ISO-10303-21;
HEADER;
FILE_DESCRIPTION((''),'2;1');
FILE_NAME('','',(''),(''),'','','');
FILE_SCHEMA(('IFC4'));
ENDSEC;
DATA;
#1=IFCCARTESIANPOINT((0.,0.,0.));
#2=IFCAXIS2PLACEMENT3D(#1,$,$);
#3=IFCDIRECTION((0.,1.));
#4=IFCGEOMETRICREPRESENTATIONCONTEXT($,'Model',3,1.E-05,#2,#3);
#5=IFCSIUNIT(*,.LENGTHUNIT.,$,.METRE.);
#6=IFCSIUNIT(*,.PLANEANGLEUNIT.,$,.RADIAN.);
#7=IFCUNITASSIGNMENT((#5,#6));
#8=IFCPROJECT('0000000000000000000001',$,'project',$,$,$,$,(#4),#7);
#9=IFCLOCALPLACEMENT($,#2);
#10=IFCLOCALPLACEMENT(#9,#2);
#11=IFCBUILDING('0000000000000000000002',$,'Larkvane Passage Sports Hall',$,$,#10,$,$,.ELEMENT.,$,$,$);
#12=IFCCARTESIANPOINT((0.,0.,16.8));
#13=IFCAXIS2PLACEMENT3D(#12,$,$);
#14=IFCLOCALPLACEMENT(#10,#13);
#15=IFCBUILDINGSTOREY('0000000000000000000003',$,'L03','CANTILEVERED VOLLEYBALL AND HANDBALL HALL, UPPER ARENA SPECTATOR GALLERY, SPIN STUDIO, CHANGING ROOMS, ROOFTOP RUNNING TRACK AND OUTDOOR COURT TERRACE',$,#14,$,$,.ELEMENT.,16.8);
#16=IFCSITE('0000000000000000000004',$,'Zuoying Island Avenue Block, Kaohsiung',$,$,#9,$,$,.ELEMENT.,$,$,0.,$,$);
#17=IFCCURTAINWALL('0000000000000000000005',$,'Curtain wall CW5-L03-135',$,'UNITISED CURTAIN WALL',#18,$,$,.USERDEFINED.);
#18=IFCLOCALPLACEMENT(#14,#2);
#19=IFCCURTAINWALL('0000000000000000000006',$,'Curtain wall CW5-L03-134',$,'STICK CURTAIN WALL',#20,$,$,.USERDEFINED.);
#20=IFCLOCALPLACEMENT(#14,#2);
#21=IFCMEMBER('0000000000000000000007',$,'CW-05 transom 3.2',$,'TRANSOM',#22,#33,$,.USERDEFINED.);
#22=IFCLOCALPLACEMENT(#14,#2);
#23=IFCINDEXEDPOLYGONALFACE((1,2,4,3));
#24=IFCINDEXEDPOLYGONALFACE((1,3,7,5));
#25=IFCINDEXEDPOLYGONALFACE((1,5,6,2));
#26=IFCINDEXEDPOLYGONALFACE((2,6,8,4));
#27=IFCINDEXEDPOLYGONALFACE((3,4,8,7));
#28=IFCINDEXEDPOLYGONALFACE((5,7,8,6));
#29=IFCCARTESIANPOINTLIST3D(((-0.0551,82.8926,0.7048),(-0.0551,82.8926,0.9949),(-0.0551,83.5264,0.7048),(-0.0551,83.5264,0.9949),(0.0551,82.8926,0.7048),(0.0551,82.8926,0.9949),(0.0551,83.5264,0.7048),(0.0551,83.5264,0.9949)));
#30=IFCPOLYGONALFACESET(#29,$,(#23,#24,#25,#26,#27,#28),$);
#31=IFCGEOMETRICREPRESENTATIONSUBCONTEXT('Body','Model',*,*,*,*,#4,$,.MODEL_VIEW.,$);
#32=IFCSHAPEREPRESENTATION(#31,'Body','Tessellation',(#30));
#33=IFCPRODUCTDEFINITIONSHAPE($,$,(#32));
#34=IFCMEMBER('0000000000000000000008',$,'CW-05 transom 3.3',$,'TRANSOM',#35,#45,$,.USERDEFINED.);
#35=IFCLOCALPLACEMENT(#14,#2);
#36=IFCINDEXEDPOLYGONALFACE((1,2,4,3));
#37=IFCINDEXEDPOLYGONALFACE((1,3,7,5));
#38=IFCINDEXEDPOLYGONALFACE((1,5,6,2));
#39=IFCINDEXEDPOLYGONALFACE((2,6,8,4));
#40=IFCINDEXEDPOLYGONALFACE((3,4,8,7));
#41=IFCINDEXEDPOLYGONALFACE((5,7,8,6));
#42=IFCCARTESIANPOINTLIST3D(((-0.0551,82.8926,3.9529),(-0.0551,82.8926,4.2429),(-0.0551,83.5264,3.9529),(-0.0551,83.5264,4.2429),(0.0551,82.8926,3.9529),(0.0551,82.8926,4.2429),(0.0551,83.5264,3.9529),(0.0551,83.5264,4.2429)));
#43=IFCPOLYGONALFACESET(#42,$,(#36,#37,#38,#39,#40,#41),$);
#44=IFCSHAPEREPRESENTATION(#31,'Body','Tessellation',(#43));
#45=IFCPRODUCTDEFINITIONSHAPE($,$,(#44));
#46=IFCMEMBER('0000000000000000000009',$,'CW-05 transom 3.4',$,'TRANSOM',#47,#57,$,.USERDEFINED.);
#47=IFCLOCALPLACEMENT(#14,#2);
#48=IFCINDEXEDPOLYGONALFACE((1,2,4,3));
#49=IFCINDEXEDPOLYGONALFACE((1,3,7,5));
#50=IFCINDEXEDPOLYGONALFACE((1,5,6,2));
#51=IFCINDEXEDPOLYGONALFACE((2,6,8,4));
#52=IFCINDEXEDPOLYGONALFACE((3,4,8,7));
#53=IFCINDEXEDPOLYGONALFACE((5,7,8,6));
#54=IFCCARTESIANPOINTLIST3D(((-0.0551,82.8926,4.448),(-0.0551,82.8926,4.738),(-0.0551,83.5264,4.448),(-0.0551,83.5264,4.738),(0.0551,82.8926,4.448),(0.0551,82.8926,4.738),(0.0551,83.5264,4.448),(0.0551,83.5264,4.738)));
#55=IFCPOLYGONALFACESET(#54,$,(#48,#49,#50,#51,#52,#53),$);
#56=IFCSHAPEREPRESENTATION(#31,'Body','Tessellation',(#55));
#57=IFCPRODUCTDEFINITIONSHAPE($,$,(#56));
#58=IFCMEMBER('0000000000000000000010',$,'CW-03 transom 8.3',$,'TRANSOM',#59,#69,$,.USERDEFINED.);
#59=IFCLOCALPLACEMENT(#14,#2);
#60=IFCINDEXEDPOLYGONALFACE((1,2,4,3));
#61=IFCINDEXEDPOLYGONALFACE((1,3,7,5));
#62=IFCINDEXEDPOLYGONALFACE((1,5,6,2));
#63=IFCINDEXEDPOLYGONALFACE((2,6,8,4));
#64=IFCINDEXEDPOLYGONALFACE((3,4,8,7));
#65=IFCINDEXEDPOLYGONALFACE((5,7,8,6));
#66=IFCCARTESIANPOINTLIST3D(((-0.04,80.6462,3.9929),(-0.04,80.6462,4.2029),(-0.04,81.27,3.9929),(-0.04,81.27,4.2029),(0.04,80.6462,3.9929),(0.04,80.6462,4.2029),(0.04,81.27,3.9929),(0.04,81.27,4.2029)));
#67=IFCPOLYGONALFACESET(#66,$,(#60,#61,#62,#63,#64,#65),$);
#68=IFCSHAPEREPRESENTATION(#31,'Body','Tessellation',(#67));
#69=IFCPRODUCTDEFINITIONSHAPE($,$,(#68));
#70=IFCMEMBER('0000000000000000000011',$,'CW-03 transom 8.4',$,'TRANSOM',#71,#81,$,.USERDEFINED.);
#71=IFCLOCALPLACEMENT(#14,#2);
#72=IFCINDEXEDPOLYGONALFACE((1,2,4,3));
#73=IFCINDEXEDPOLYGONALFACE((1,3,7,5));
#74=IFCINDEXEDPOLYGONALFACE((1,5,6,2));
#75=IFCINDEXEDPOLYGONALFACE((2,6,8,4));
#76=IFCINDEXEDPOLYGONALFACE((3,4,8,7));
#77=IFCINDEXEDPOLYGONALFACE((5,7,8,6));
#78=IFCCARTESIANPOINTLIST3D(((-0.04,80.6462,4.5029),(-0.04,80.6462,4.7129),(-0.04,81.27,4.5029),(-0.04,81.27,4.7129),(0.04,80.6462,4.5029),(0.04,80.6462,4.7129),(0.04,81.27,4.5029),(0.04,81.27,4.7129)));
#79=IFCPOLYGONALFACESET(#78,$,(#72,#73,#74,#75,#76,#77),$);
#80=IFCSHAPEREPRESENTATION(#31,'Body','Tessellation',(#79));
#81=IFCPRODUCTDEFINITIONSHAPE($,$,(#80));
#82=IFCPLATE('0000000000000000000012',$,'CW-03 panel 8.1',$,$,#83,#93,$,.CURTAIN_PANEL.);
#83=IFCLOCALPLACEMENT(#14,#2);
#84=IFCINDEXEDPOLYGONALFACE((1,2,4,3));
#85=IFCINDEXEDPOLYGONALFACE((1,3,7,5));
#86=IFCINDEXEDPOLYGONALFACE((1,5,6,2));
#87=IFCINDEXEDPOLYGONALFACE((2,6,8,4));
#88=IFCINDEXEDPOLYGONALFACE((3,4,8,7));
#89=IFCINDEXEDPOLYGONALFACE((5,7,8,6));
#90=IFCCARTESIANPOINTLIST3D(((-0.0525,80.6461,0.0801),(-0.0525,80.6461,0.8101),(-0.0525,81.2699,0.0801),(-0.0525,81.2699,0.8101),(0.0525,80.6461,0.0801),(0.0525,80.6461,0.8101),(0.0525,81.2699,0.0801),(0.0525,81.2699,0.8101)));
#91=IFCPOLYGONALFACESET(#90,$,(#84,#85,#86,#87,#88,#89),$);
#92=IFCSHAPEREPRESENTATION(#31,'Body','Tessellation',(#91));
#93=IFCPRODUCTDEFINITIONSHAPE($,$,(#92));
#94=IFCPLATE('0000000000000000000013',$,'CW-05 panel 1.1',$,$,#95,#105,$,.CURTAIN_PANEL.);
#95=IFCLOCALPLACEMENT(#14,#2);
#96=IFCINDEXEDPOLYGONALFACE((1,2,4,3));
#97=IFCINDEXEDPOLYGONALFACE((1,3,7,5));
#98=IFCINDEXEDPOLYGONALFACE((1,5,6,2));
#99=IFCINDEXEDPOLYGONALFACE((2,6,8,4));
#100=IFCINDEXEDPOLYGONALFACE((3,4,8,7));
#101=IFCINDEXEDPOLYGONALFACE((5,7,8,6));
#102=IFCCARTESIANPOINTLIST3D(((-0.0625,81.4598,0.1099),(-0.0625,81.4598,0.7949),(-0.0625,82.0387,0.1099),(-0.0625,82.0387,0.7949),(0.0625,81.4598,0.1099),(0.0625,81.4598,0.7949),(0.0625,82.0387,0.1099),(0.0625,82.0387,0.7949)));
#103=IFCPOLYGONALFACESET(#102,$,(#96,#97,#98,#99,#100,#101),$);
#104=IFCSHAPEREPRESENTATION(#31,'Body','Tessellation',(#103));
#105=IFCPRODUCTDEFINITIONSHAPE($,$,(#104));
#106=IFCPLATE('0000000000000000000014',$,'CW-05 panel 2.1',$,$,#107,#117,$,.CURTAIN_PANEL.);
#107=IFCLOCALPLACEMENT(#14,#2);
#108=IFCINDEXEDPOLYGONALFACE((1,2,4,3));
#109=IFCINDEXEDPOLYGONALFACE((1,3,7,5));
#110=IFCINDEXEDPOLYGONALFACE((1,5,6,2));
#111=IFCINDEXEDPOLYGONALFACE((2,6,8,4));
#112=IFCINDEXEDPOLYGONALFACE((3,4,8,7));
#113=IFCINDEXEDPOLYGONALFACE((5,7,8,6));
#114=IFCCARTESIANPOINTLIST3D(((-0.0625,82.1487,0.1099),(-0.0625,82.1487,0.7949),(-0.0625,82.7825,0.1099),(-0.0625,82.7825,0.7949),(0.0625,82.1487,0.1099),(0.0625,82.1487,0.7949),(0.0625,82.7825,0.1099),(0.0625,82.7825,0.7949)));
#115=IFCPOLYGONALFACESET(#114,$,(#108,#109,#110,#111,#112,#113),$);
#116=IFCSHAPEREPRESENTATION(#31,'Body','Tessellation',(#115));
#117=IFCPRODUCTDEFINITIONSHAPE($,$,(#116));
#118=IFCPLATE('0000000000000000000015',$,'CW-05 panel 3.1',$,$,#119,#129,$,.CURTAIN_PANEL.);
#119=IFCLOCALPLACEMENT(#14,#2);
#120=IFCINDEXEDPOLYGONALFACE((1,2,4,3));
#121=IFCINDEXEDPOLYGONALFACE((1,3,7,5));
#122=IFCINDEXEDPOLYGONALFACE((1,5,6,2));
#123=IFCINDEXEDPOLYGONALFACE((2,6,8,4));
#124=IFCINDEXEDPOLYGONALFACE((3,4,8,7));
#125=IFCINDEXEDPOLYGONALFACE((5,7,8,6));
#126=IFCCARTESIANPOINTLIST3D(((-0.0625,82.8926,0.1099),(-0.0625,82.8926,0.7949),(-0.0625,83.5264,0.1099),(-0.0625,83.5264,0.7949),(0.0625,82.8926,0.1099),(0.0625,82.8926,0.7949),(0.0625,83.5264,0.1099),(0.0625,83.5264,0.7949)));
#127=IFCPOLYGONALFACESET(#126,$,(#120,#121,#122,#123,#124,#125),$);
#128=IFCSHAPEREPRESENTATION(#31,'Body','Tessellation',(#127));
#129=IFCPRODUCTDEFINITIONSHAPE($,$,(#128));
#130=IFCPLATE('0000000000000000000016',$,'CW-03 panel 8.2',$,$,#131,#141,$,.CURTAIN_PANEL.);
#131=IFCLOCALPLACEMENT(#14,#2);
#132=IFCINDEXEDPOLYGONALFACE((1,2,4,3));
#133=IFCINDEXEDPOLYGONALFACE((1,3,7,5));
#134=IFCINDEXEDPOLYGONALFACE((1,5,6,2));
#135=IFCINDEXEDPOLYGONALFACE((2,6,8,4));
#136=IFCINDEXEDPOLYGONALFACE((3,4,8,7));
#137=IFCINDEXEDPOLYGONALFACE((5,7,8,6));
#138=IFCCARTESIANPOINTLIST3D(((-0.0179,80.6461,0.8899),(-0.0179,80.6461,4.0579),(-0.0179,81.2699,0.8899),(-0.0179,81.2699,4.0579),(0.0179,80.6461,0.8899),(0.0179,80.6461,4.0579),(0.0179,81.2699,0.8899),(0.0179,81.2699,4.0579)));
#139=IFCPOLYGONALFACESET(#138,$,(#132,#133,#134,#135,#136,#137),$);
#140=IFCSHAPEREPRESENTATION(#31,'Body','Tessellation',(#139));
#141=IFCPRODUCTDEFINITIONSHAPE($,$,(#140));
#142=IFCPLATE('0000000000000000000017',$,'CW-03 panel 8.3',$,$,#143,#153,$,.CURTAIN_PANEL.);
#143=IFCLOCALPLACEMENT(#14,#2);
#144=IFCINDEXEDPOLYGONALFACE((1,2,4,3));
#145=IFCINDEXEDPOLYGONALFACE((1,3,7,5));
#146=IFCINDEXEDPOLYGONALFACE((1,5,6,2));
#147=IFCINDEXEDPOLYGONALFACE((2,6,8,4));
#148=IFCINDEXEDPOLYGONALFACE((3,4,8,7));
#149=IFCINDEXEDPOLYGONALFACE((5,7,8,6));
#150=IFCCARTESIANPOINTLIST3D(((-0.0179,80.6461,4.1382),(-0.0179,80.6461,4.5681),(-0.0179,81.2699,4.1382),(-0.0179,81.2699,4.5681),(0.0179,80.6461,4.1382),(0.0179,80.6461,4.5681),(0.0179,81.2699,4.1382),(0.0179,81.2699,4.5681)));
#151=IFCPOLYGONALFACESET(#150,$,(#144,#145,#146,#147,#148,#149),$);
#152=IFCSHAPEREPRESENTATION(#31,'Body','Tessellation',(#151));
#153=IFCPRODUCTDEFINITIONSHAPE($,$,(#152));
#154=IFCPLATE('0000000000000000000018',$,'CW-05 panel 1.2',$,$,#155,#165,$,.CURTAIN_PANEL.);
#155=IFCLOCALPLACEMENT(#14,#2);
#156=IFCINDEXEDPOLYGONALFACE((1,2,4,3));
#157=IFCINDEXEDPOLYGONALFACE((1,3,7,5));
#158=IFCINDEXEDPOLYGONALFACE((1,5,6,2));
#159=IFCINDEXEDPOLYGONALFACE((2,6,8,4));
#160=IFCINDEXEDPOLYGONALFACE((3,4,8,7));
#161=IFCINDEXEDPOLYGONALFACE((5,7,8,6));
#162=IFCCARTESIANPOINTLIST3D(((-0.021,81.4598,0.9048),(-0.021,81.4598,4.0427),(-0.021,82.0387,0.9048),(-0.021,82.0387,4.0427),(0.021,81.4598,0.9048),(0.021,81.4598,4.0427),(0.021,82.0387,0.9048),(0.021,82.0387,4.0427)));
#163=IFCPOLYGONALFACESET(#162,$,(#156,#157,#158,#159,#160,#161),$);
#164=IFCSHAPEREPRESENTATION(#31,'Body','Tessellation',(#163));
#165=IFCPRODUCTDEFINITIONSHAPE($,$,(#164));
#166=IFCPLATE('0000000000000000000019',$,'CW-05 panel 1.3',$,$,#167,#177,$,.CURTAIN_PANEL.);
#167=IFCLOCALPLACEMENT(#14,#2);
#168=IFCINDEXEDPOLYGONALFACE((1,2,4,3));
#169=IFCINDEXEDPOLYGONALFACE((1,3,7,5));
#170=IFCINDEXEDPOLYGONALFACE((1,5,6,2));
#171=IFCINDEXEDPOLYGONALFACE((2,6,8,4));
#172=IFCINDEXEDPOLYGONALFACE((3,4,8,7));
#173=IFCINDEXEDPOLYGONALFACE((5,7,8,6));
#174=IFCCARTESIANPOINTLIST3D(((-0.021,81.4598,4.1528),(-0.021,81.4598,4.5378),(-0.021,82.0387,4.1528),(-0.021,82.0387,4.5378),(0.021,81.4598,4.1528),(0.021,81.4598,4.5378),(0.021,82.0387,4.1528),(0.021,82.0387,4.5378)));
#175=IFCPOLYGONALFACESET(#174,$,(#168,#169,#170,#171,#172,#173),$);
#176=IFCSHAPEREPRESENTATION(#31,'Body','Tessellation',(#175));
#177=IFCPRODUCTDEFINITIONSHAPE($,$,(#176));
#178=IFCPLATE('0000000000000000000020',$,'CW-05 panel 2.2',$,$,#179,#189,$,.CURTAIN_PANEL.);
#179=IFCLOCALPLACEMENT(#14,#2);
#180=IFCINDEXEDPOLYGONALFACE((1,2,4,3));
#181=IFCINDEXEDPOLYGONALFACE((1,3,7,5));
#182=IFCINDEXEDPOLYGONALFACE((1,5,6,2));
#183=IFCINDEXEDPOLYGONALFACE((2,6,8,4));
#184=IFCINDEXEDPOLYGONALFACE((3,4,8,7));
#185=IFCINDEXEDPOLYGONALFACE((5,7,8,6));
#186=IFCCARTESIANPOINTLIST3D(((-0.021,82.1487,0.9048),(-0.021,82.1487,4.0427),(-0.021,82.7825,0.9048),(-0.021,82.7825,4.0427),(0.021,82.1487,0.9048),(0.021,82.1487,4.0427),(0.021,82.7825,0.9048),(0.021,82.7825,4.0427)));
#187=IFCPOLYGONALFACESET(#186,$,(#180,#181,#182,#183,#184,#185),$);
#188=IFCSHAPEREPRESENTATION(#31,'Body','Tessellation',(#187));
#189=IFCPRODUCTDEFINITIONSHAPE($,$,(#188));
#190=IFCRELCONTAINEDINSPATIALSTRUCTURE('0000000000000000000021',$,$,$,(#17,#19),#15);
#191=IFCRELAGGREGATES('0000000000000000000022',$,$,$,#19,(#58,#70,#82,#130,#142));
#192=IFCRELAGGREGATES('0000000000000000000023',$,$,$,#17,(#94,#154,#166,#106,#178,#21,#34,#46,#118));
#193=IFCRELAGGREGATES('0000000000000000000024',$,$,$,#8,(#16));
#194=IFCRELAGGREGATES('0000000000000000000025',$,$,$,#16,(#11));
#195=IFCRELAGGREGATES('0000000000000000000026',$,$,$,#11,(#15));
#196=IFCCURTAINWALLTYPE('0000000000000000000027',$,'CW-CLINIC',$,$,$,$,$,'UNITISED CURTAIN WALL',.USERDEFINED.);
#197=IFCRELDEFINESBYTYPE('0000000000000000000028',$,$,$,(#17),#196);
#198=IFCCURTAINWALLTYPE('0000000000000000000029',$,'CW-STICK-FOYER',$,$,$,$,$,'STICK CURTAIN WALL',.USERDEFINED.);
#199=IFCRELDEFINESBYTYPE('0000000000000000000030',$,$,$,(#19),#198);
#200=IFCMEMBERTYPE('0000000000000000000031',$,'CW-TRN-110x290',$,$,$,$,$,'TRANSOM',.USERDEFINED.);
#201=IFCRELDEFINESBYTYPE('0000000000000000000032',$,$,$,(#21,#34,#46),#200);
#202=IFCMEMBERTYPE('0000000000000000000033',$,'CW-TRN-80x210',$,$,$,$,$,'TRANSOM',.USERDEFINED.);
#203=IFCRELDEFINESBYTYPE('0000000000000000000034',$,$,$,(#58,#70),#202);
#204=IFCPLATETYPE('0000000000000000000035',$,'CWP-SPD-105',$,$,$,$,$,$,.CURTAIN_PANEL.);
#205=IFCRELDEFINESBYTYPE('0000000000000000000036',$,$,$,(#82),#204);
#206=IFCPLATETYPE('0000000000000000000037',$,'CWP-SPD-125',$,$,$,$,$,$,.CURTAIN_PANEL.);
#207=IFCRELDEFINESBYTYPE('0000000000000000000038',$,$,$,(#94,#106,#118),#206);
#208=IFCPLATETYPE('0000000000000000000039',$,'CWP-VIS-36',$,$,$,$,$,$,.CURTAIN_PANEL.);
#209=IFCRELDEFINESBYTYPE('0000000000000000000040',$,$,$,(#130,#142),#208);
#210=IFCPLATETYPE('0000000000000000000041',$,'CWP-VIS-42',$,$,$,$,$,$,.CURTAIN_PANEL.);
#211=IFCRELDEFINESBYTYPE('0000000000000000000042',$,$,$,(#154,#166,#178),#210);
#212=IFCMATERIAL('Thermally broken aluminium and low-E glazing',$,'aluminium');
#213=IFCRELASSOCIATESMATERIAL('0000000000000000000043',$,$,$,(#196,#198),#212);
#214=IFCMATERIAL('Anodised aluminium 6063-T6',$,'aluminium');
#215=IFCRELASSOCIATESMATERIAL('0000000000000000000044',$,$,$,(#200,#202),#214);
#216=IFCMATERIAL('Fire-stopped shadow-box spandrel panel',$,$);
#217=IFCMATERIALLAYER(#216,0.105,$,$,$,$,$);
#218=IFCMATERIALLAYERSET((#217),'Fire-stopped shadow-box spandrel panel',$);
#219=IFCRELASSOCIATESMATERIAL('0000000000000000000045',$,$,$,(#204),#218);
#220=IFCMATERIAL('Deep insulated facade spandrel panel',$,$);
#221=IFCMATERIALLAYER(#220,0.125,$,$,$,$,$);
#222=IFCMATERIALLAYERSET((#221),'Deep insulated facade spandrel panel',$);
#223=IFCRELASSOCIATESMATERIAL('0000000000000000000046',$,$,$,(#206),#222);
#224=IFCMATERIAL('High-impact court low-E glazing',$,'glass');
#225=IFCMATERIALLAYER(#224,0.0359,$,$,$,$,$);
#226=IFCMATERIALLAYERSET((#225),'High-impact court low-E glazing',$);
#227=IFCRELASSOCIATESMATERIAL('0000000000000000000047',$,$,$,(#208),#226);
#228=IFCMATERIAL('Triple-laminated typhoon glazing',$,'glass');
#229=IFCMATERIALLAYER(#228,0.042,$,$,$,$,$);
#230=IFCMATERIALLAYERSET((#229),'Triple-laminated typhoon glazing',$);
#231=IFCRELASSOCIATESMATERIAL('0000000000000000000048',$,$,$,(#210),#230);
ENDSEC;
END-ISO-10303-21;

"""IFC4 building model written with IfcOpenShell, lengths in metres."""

from ifc_helpers import new_model, si_unit, direction, frame, origin, origin_2d, place, context, subcontext, project, spatial, rectangle, extrude, material, layer, layer_set, material_profile, profile_set, type_object, element, aggregate, save


model = new_model("IFC4")

# Units and contexts
model_context = context("Model", 3, precision=1e-05, world=origin(), true_north=direction((0.0, 1.0)))
body_context = subcontext(model_context, "Body", "Model", "MODEL_VIEW")
ifc_project = project(units=[si_unit("LENGTHUNIT", "METRE"), si_unit("PLANEANGLEUNIT", "RADIAN")], contexts=[model_context])

# Site, building, storey
site_placement = place(None, origin())
site = spatial("IfcSite", under=ifc_project, at=site_placement, Name="Zuoying Island Avenue Block, Kaohsiung", CompositionType="ELEMENT", RefElevation=0.0)
building_placement = place(site_placement, origin())
building = spatial("IfcBuilding", under=site, at=building_placement, Name="Larkvane Passage Sports Hall", CompositionType="ELEMENT")
storey_placement = place(building_placement, frame((0.0, 0.0, 16.8)))
storey = spatial("IfcBuildingStorey", under=building, at=storey_placement, Name="L03", Description="CANTILEVERED VOLLEYBALL AND HANDBALL HALL, UPPER ARENA SPECTATOR GALLERY, SPIN STUDIO, CHANGING ROOMS, ROOFTOP RUNNING TRACK AND OUTDOOR COURT TERRACE", CompositionType="ELEMENT", Elevation=16.8)

# Curtain wall
ifc_material_1 = material(Name="Thermally broken aluminium and low-E glazing", Category="aluminium")
curtain_wall_type_1 = type_object("IfcCurtainWallType", Name="CW-CLINIC", ElementType="UNITISED CURTAIN WALL", PredefinedType="USERDEFINED", material=ifc_material_1)
curtain_wall_1_placement = place(storey_placement, origin())
curtain_wall_1 = element("IfcCurtainWall", 1, at=curtain_wall_1_placement, inside=storey, type_object=curtain_wall_type_1, Name="Curtain wall CW5-L03-135", ObjectType="UNITISED CURTAIN WALL", PredefinedType="USERDEFINED")
ifc_material_2 = material(Name="Anodised aluminium 6063-T6", Category="aluminium")

# Curtain wall
curtain_wall_type_2 = type_object("IfcCurtainWallType", Name="CW-STICK-FOYER", ElementType="STICK CURTAIN WALL", PredefinedType="USERDEFINED", material=ifc_material_1)
curtain_wall_2_placement = place(storey_placement, origin())
curtain_wall_2 = element("IfcCurtainWall", 2, at=curtain_wall_2_placement, inside=storey, type_object=curtain_wall_type_2, Name="Curtain wall CW5-L03-134", ObjectType="STICK CURTAIN WALL", PredefinedType="USERDEFINED")

# Members
ifc_material_profile_1 = material_profile(ifc_material_2, rectangle(XDim=0.1101, YDim=0.29, at=origin_2d()), Name="ALU-TRN-110x290")
ifc_profile_set_1 = profile_set([ifc_material_profile_1], Name="Anodised aluminium 6063-T6")
member_type_1 = type_object("IfcMemberType", Name="CW-TRN-110x290", ElementType="TRANSOM", PredefinedType="USERDEFINED", material=ifc_profile_set_1)
member_1_placement = place(storey_placement, frame((0.0, 82.8926, 0.8499), z_axis=(0.0, 1.0, 0.0), x_axis=(-1.0, 0.0, 0.0)))
member_1 = element("IfcMember", 3, at=member_1_placement, type_object=member_type_1, Name="CW-05 transom 3.2", ObjectType="TRANSOM", PredefinedType="USERDEFINED", context=body_context, shape_type="SweptSolid", body=[
    extrude(rectangle(XDim=0.1101, YDim=0.29, at=origin_2d()), origin(), (0.0, 0.0, 1.0), 0.6338),
])
member_2_placement = place(storey_placement, frame((0.0, 82.8926, 4.0979), z_axis=(0.0, 1.0, 0.0), x_axis=(-1.0, 0.0, 0.0)))
member_2 = element("IfcMember", 4, at=member_2_placement, type_object=member_type_1, Name="CW-05 transom 3.3", ObjectType="TRANSOM", PredefinedType="USERDEFINED", context=body_context, shape_type="SweptSolid", body=[
    extrude(rectangle(XDim=0.1101, YDim=0.29, at=origin_2d()), origin(), (0.0, 0.0, 1.0), 0.6338),
])
member_3_placement = place(storey_placement, frame((0.0, 82.8926, 4.593), z_axis=(0.0, 1.0, 0.0), x_axis=(-1.0, 0.0, 0.0)))
member_3 = element("IfcMember", 5, at=member_3_placement, type_object=member_type_1, Name="CW-05 transom 3.4", ObjectType="TRANSOM", PredefinedType="USERDEFINED", context=body_context, shape_type="SweptSolid", body=[
    extrude(rectangle(XDim=0.1101, YDim=0.29, at=origin_2d()), origin(), (0.0, 0.0, 1.0), 0.6338),
])
ifc_material_profile_2 = material_profile(ifc_material_2, rectangle(XDim=0.0801, YDim=0.21, at=origin_2d()), Name="ALU-TRN-80x210")
ifc_profile_set_2 = profile_set([ifc_material_profile_2], Name="Anodised aluminium 6063-T6")
member_type_2 = type_object("IfcMemberType", Name="CW-TRN-80x210", ElementType="TRANSOM", PredefinedType="USERDEFINED", material=ifc_profile_set_2)
member_4_placement = place(storey_placement, frame((0.0, 80.6462, 4.0979), z_axis=(0.0, 1.0, 0.0), x_axis=(-1.0, 0.0, 0.0)))
member_4 = element("IfcMember", 6, at=member_4_placement, type_object=member_type_2, Name="CW-03 transom 8.3", ObjectType="TRANSOM", PredefinedType="USERDEFINED", context=body_context, shape_type="SweptSolid", body=[
    extrude(rectangle(XDim=0.0801, YDim=0.21, at=origin_2d()), origin(), (0.0, 0.0, 1.0), 0.6238),
])
member_5_placement = place(storey_placement, frame((0.0, 80.6462, 4.6079), z_axis=(0.0, 1.0, 0.0), x_axis=(-1.0, 0.0, 0.0)))
member_5 = element("IfcMember", 7, at=member_5_placement, type_object=member_type_2, Name="CW-03 transom 8.4", ObjectType="TRANSOM", PredefinedType="USERDEFINED", context=body_context, shape_type="SweptSolid", body=[
    extrude(rectangle(XDim=0.0801, YDim=0.21, at=origin_2d()), origin(), (0.0, 0.0, 1.0), 0.6238),
])

# Plates
ifc_material_3 = material(Name="Fire-stopped shadow-box spandrel panel")
ifc_layer_1 = layer(ifc_material_3, 0.105)
ifc_layer_set_1 = layer_set([ifc_layer_1], Name="Fire-stopped shadow-box spandrel panel")
plate_type_1 = type_object("IfcPlateType", Name="CWP-SPD-105", PredefinedType="CURTAIN_PANEL", material=ifc_layer_set_1)
plate_1_placement = place(storey_placement, frame((0.0, 80.958, 0.0801), z_axis=(0.0, 0.0, 1.0), x_axis=(0.0, 1.0, 0.0)))
plate_1 = element("IfcPlate", 8, at=plate_1_placement, type_object=plate_type_1, Name="CW-03 panel 8.1", PredefinedType="CURTAIN_PANEL", context=body_context, shape_type="SweptSolid", body=[
    extrude(rectangle(XDim=0.6238, YDim=0.105, at=origin_2d()), origin(), (0.0, 0.0, 1.0), 0.73),
])
ifc_material_4 = material(Name="Deep insulated facade spandrel panel")
ifc_layer_2 = layer(ifc_material_4, 0.125)
ifc_layer_set_2 = layer_set([ifc_layer_2], Name="Deep insulated facade spandrel panel")
plate_type_2 = type_object("IfcPlateType", Name="CWP-SPD-125", PredefinedType="CURTAIN_PANEL", material=ifc_layer_set_2)
plate_2_placement = place(storey_placement, frame((0.0, 81.7493, 0.1099), z_axis=(0.0, 0.0, 1.0), x_axis=(0.0, 1.0, 0.0)))
plate_2 = element("IfcPlate", 9, at=plate_2_placement, type_object=plate_type_2, Name="CW-05 panel 1.1", PredefinedType="CURTAIN_PANEL", context=body_context, shape_type="SweptSolid", body=[
    extrude(rectangle(XDim=0.5789, YDim=0.125, at=origin_2d()), origin(), (0.0, 0.0, 1.0), 0.6851),
])
plate_3_placement = place(storey_placement, frame((0.0, 82.4656, 0.1099), z_axis=(0.0, 0.0, 1.0), x_axis=(0.0, 1.0, 0.0)))
plate_3 = element("IfcPlate", 10, at=plate_3_placement, type_object=plate_type_2, Name="CW-05 panel 2.1", PredefinedType="CURTAIN_PANEL", context=body_context, shape_type="SweptSolid", body=[
    extrude(rectangle(XDim=0.6338, YDim=0.125, at=origin_2d()), origin(), (0.0, 0.0, 1.0), 0.6851),
])
plate_4_placement = place(storey_placement, frame((0.0, 83.2095, 0.1099), z_axis=(0.0, 0.0, 1.0), x_axis=(0.0, 1.0, 0.0)))
plate_4 = element("IfcPlate", 11, at=plate_4_placement, type_object=plate_type_2, Name="CW-05 panel 3.1", PredefinedType="CURTAIN_PANEL", context=body_context, shape_type="SweptSolid", body=[
    extrude(rectangle(XDim=0.6338, YDim=0.125, at=origin_2d()), origin(), (0.0, 0.0, 1.0), 0.6851),
])
ifc_material_5 = material(Name="High-impact court low-E glazing", Category="glass")
ifc_layer_3 = layer(ifc_material_5, 0.0359)
ifc_layer_set_3 = layer_set([ifc_layer_3], Name="High-impact court low-E glazing")
plate_type_3 = type_object("IfcPlateType", Name="CWP-VIS-36", PredefinedType="CURTAIN_PANEL", material=ifc_layer_set_3)
plate_5_placement = place(storey_placement, frame((0.0, 80.958, 0.8899), z_axis=(0.0, 0.0, 1.0), x_axis=(0.0, 1.0, 0.0)))
plate_5 = element("IfcPlate", 12, at=plate_5_placement, type_object=plate_type_3, Name="CW-03 panel 8.2", PredefinedType="CURTAIN_PANEL", context=body_context, shape_type="SweptSolid", body=[
    extrude(rectangle(XDim=0.6238, YDim=0.0359, at=origin_2d()), origin(), (0.0, 0.0, 1.0), 3.168),
])
plate_6_placement = place(storey_placement, frame((0.0, 80.958, 4.1382), z_axis=(0.0, 0.0, 1.0), x_axis=(0.0, 1.0, 0.0)))
plate_6 = element("IfcPlate", 13, at=plate_6_placement, type_object=plate_type_3, Name="CW-03 panel 8.3", PredefinedType="CURTAIN_PANEL", context=body_context, shape_type="SweptSolid", body=[
    extrude(rectangle(XDim=0.6238, YDim=0.0359, at=origin_2d()), origin(), (0.0, 0.0, 1.0), 0.4299),
])
aggregate(curtain_wall_2, [member_4, member_5, plate_1, plate_5, plate_6])
ifc_material_6 = material(Name="Triple-laminated typhoon glazing", Category="glass")
ifc_layer_4 = layer(ifc_material_6, 0.042)
ifc_layer_set_4 = layer_set([ifc_layer_4], Name="Triple-laminated typhoon glazing")
plate_type_4 = type_object("IfcPlateType", Name="CWP-VIS-42", PredefinedType="CURTAIN_PANEL", material=ifc_layer_set_4)
plate_7_placement = place(storey_placement, frame((0.0, 81.7493, 0.9048), z_axis=(0.0, 0.0, 1.0), x_axis=(0.0, 1.0, 0.0)))
plate_7 = element("IfcPlate", 14, at=plate_7_placement, type_object=plate_type_4, Name="CW-05 panel 1.2", PredefinedType="CURTAIN_PANEL", context=body_context, shape_type="SweptSolid", body=[
    extrude(rectangle(XDim=0.5789, YDim=0.042, at=origin_2d()), origin(), (0.0, 0.0, 1.0), 3.1379),
])
plate_8_placement = place(storey_placement, frame((0.0, 81.7493, 4.1528), z_axis=(0.0, 0.0, 1.0), x_axis=(0.0, 1.0, 0.0)))
plate_8 = element("IfcPlate", 15, at=plate_8_placement, type_object=plate_type_4, Name="CW-05 panel 1.3", PredefinedType="CURTAIN_PANEL", context=body_context, shape_type="SweptSolid", body=[
    extrude(rectangle(XDim=0.5789, YDim=0.042, at=origin_2d()), origin(), (0.0, 0.0, 1.0), 0.385),
])
plate_9_placement = place(storey_placement, frame((0.0, 82.4656, 0.9048), z_axis=(0.0, 0.0, 1.0), x_axis=(0.0, 1.0, 0.0)))
plate_9 = element("IfcPlate", 16, at=plate_9_placement, type_object=plate_type_4, Name="CW-05 panel 2.2", PredefinedType="CURTAIN_PANEL", context=body_context, shape_type="SweptSolid", body=[
    extrude(rectangle(XDim=0.6338, YDim=0.042, at=origin_2d()), origin(), (0.0, 0.0, 1.0), 3.1379),
])
aggregate(curtain_wall_1, [plate_2, plate_7, plate_8, plate_3, plate_9, member_1, member_2, member_3, plate_4])

save(model, "model.ifc")
